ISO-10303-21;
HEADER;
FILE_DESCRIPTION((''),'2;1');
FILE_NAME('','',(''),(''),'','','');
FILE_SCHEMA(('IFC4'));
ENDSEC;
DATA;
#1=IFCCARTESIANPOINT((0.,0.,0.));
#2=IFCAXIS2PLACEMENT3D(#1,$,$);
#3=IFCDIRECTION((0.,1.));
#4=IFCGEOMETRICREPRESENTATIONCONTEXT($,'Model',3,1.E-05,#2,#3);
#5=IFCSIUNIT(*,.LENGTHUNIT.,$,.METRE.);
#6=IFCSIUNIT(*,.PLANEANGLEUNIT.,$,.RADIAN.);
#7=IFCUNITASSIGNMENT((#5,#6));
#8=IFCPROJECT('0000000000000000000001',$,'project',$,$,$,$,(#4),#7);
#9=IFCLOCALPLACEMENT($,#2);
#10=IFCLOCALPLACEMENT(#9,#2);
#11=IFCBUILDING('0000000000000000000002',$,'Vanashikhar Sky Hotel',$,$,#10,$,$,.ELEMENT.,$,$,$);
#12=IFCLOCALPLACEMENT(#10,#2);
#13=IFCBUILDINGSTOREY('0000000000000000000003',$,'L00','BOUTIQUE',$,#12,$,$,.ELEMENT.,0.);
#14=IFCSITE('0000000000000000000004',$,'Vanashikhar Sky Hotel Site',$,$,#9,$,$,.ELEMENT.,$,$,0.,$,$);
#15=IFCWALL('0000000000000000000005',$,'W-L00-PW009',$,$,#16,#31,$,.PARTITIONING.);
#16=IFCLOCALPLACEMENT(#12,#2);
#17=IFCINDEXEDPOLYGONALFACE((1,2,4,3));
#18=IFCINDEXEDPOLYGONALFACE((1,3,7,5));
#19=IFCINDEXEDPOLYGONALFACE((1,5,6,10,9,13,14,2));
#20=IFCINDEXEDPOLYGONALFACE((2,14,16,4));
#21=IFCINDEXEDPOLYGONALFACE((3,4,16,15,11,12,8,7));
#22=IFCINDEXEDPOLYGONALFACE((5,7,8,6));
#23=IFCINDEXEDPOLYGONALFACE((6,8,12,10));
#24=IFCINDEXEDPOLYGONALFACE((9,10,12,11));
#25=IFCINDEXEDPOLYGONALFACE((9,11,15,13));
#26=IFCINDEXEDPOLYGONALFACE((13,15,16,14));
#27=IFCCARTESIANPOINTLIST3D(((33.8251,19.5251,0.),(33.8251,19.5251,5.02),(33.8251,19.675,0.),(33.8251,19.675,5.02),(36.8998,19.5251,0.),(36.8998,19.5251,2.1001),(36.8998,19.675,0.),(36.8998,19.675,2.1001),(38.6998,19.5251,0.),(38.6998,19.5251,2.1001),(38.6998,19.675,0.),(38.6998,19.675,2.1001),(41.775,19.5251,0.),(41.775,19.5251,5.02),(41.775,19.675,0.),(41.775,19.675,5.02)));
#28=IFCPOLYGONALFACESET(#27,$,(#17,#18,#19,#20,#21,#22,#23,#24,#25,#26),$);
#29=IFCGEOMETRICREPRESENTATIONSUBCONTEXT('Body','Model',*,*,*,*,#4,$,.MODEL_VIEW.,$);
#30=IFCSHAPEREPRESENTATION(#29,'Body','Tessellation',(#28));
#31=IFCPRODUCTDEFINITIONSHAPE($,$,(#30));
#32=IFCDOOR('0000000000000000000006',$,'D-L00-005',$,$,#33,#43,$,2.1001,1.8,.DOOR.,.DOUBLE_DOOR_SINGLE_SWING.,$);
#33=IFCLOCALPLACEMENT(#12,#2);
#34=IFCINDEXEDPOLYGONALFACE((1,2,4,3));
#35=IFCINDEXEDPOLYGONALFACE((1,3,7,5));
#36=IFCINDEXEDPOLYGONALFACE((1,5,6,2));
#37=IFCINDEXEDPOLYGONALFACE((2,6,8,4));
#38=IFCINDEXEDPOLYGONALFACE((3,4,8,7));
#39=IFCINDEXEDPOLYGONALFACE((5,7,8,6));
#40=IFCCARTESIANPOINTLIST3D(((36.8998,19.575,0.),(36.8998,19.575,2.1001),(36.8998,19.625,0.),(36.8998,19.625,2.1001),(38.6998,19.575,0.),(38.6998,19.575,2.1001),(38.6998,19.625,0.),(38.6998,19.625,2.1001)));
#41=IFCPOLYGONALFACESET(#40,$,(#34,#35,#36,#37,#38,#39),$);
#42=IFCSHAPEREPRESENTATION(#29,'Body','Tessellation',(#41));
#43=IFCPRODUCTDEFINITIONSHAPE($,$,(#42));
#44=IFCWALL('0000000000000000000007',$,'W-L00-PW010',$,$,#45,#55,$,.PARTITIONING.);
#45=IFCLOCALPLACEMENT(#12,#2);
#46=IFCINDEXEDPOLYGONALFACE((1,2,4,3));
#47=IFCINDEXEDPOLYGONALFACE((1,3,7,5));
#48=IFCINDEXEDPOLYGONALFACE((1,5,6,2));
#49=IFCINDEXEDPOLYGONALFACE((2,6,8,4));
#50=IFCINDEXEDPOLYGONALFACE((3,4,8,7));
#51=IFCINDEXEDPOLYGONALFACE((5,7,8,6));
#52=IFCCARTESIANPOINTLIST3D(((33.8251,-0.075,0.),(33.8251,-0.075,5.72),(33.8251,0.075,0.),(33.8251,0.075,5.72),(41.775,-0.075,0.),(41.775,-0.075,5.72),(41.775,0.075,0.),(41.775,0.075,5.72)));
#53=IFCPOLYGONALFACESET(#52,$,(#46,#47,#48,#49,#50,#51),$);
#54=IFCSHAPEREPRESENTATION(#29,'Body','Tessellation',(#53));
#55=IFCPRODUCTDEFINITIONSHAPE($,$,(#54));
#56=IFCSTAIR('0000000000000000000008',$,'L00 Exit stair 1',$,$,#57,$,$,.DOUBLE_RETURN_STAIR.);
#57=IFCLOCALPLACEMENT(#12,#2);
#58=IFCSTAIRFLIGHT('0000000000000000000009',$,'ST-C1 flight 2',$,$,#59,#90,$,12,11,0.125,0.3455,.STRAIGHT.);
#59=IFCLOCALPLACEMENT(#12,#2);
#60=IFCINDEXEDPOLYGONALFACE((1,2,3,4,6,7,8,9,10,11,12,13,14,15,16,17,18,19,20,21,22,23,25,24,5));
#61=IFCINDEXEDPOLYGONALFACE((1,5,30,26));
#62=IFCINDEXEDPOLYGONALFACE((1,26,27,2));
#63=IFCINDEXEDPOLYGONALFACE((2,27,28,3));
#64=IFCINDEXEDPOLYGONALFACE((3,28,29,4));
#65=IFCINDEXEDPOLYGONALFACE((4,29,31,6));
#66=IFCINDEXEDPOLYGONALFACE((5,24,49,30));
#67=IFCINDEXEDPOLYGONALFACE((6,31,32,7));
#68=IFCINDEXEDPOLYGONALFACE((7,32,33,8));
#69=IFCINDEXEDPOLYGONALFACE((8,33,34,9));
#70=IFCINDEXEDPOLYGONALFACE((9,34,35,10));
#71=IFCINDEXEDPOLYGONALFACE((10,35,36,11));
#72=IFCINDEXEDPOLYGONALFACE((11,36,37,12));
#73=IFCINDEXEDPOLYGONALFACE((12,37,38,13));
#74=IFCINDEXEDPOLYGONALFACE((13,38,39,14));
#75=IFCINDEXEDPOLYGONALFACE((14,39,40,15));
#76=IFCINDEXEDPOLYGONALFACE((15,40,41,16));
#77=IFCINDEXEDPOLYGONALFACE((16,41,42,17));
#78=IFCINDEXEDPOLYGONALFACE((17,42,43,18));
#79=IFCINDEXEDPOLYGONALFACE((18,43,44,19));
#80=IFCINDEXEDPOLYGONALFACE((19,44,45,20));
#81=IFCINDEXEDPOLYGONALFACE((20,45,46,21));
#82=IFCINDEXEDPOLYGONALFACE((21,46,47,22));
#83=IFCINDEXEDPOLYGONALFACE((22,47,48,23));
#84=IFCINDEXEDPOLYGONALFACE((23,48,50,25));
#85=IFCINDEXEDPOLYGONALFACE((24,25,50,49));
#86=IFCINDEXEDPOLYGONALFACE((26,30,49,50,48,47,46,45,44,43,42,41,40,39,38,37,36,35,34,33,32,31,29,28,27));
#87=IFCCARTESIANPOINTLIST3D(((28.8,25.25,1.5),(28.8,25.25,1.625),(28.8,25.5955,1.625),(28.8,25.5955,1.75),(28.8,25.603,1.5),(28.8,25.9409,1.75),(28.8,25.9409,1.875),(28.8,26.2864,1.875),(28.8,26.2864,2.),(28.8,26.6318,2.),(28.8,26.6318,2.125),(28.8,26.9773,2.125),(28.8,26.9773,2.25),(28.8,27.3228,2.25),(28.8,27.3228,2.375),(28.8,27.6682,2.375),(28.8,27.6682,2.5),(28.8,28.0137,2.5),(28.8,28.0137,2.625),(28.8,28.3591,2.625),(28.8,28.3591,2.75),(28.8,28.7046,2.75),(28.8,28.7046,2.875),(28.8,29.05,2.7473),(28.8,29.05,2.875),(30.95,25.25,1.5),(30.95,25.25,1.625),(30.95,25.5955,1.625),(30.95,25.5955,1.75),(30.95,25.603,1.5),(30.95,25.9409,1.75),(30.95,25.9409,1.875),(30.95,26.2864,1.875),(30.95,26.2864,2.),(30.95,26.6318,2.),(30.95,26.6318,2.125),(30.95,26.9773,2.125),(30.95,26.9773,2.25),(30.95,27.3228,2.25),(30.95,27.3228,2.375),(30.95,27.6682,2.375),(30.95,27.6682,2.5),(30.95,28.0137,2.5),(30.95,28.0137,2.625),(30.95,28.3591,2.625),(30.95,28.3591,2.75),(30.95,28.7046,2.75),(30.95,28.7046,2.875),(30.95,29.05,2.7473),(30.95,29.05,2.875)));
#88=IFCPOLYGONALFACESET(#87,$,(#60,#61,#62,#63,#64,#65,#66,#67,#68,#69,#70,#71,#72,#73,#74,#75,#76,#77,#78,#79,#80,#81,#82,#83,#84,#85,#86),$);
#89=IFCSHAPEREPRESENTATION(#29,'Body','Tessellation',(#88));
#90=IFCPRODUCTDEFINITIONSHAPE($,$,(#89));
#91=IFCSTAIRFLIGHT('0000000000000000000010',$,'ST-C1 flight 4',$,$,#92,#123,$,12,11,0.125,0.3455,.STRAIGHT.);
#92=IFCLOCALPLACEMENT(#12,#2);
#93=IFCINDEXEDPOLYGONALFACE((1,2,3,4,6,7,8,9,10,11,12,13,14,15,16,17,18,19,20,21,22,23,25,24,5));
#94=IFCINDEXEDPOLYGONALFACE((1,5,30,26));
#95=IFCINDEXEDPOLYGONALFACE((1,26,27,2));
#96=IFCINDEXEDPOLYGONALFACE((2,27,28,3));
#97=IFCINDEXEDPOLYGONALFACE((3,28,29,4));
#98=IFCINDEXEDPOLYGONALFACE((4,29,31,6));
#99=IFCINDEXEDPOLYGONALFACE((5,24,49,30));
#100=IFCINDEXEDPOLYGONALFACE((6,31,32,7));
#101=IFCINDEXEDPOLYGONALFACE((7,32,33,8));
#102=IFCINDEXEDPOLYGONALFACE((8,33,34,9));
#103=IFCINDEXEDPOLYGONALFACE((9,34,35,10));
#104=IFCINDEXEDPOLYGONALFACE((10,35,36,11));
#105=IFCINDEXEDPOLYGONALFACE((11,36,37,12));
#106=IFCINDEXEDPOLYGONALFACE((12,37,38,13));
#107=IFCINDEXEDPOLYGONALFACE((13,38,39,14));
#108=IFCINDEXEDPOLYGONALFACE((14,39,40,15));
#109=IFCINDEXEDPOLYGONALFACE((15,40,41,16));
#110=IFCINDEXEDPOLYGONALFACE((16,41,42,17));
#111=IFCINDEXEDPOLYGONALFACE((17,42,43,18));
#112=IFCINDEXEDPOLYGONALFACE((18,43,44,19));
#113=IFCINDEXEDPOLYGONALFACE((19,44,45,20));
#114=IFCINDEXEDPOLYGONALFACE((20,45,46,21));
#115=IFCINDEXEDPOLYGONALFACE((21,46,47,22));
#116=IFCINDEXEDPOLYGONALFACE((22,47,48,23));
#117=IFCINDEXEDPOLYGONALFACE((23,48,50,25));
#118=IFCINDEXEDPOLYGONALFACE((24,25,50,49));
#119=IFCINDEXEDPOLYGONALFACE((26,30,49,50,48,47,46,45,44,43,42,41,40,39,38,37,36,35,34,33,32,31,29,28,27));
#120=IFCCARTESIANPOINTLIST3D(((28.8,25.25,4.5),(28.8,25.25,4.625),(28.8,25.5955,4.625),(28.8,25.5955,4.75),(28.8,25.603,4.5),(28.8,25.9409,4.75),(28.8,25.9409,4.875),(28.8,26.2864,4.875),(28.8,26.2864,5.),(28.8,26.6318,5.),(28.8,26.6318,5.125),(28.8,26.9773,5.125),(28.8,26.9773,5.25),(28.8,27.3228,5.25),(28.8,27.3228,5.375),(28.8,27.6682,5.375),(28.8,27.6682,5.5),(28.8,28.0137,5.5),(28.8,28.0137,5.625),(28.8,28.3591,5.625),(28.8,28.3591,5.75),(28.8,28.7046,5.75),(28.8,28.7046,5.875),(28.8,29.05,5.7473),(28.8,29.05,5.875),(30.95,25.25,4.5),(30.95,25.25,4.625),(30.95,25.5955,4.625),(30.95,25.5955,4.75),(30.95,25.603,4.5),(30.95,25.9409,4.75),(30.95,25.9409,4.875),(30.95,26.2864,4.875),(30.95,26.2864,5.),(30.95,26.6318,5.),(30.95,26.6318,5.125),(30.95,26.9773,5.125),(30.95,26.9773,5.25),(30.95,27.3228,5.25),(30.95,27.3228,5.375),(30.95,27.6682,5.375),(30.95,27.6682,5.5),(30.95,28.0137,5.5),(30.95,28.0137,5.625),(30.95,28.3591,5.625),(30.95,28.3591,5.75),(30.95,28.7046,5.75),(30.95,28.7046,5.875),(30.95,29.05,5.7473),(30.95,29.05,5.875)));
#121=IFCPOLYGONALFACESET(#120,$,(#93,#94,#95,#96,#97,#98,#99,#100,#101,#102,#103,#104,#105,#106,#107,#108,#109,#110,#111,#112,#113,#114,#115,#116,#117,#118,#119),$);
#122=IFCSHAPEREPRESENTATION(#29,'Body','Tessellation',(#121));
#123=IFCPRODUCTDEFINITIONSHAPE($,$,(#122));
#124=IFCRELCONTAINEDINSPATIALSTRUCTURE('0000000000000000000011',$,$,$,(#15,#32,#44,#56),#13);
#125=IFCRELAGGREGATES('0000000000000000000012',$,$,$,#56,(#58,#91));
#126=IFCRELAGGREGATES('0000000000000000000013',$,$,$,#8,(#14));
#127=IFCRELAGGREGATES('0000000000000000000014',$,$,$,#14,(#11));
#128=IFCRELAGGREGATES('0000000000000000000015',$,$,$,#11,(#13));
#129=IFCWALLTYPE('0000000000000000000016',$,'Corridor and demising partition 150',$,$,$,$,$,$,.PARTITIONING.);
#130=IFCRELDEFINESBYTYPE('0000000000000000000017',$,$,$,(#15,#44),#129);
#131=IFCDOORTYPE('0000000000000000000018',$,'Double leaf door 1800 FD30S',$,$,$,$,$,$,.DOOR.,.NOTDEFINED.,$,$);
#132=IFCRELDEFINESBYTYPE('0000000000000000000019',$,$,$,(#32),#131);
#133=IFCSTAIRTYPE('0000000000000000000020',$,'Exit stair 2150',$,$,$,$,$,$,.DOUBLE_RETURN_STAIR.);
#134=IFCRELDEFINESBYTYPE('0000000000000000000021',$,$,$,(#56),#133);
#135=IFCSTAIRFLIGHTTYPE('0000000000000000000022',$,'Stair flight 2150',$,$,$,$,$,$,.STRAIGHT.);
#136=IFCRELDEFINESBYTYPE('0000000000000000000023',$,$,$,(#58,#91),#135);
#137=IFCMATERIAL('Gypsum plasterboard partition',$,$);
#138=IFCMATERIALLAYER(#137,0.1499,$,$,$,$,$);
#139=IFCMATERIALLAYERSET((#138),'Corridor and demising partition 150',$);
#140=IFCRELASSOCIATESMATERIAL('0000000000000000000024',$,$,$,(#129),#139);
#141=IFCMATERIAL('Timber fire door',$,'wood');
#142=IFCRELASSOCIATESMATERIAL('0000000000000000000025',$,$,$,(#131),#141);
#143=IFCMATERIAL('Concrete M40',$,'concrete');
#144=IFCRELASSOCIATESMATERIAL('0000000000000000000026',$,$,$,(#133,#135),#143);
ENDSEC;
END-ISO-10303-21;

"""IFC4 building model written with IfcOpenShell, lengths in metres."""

from ifc_helpers import new_model, si_unit, direction, frame, frame_2d, origin, place, context, subcontext, project, spatial, polyline, rectangle, outline, extrude, source, transform, mapped, material, layer, layer_set, type_object, element, fill, aggregate, save


model = new_model("IFC4")

# Units and contexts
model_context = context("Model", 3, precision=1e-05, world=origin(), true_north=direction((0.0, 1.0)))
body_context = subcontext(model_context, "Body", "Model", "MODEL_VIEW")
ifc_project = project(units=[si_unit("LENGTHUNIT", "METRE"), si_unit("PLANEANGLEUNIT", "RADIAN")], contexts=[model_context])

# Site, building, storey
site_placement = place(None, origin())
site = spatial("IfcSite", under=ifc_project, at=site_placement, Name="Vanashikhar Sky Hotel Site", CompositionType="ELEMENT", RefElevation=0.0)
building_placement = place(site_placement, origin())
building = spatial("IfcBuilding", under=site, at=building_placement, Name="Vanashikhar Sky Hotel", CompositionType="ELEMENT")
storey_placement = place(building_placement, origin())
storey = spatial("IfcBuildingStorey", under=building, at=storey_placement, Name="L00", Description="BOUTIQUE", CompositionType="ELEMENT", Elevation=0.0)

# Shared definitions
ifc_material_1 = material(Name="Concrete M40", Category="concrete")

# Wall, opening, door
ifc_material_2 = material(Name="Gypsum plasterboard partition")
ifc_layer_1 = layer(ifc_material_2, 0.1499)
ifc_layer_set_1 = layer_set([ifc_layer_1], Name="Corridor and demising partition 150")
wall_type_1 = type_object("IfcWallType", Name="Corridor and demising partition 150", PredefinedType="PARTITIONING", material=ifc_layer_set_1)
shared_shape_1 = source(origin(), body_context, "Body", "SweptSolid", [
    extrude(rectangle(XDim=7.95, YDim=0.1499, at=frame_2d((3.9751, 0.0))), origin(), (0.0, 0.0, 1.0), 5.02),
])
wall_1_placement = place(storey_placement, frame((33.825, 19.6001, 0.0), z_axis=(0.0, 0.0, 1.0), x_axis=(1.0, 0.0, 0.0)))
wall_1 = element("IfcWall", 1, at=wall_1_placement, inside=storey, type_object=wall_type_1, Name="W-L00-PW009", PredefinedType="PARTITIONING", context=body_context, shape_type="MappedRepresentation", body=[
    mapped(shared_shape_1, transform((0.0, 0.0, 0.0), scale=1.0)),
])
shared_shape_2 = source(origin(), body_context, "Body", "SweptSolid", [
    extrude(rectangle(XDim=1.8, YDim=2.1001, at=frame_2d((0.8999, 1.05))), frame((0.0, 0.085, 0.0), z_axis=(0.0, -1.0, 0.0), x_axis=(1.0, 0.0, 0.0)), (0.0, 0.0, 1.0), 0.1699),
])
opening_1_placement = place(wall_1_placement, frame((3.075, 0.0, 0.0)))
opening_1 = element("IfcOpeningElement", 2, at=opening_1_placement, cuts=wall_1, PredefinedType="OPENING", context=body_context, shape_type="MappedRepresentation", body=[
    mapped(shared_shape_2, transform((0.0, 0.0, 0.0), scale=1.0)),
])
ifc_material_3 = material(Name="Timber fire door", Category="wood")
door_type_1 = type_object("IfcDoorType", Name="Double leaf door 1800 FD30S", OperationType="NOTDEFINED", PredefinedType="DOOR", material=ifc_material_3)
shared_shape_3 = source(origin(), body_context, "Body", "SweptSolid", [
    extrude(rectangle(XDim=1.8, YDim=2.1001, at=frame_2d((0.8999, 1.05))), frame((0.0, 0.0249, 0.0), z_axis=(0.0, -1.0, 0.0), x_axis=(1.0, 0.0, 0.0)), (0.0, 0.0, 1.0), 0.05),
])
door_1_placement = place(opening_1_placement, origin())
door_1 = element("IfcDoor", 3, at=door_1_placement, inside=storey, type_object=door_type_1, Name="D-L00-005", OperationType="DOUBLE_DOOR_SINGLE_SWING", OverallHeight=2.1001, OverallWidth=1.8, PredefinedType="DOOR", context=body_context, shape_type="MappedRepresentation", body=[
    mapped(shared_shape_3, transform((0.0, 0.0, 0.0), scale=1.0)),
])
fill(opening_1, door_1)

# Wall
shared_shape_4 = source(origin(), body_context, "Body", "SweptSolid", [
    extrude(rectangle(XDim=7.95, YDim=0.1499, at=frame_2d((3.9751, 0.0))), origin(), (0.0, 0.0, 1.0), 5.72),
])
wall_2_placement = place(storey_placement, frame((33.825, 0.0, 0.0), z_axis=(0.0, 0.0, 1.0), x_axis=(1.0, 0.0, 0.0)))
element("IfcWall", 4, at=wall_2_placement, inside=storey, type_object=wall_type_1, Name="W-L00-PW010", PredefinedType="PARTITIONING", context=body_context, shape_type="MappedRepresentation", body=[
    mapped(shared_shape_4, transform((0.0, 0.0, 0.0), scale=1.0)),
])

# Stair, stair flights
stair_type = type_object("IfcStairType", Name="Exit stair 2150", PredefinedType="DOUBLE_RETURN_STAIR", material=ifc_material_1)
stair_placement = place(storey_placement, origin())
stair = element("IfcStair", 5, at=stair_placement, inside=storey, type_object=stair_type, Name="L00 Exit stair 1", PredefinedType="DOUBLE_RETURN_STAIR")
stair_flight_type = type_object("IfcStairFlightType", Name="Stair flight 2150", PredefinedType="STRAIGHT", material=ifc_material_1)
shared_shape_5 = source(origin(), body_context, "Body", "SweptSolid", [
    extrude(outline(polyline([(0.0, 0.0), (0.0, 0.125), (0.3455, 0.125), (0.3455, 0.25), (0.6909, 0.25), (0.6909, 0.375), (1.0364, 0.375), (1.0364, 0.5), (1.3818, 0.5), (1.3818, 0.625), (1.7273, 0.625), (1.7273, 0.75), (2.0728, 0.75), (2.0728, 0.875), (2.4182, 0.875), (2.4182, 1.0), (2.7637, 1.0), (2.7637, 1.125), (3.1091, 1.125), (3.1091, 1.25), (3.4546, 1.25), (3.4546, 1.375), (3.8, 1.375), (3.8, 1.5), (3.8, 1.2473), (0.353, 0.0), (0.0, 0.0)])), frame((0.0, 1.075, 0.0), z_axis=(0.0, -1.0, 0.0), x_axis=(1.0, 0.0, 0.0)), (0.0, 0.0, 1.0), 2.1499),
])
stair_flight_1_placement = place(storey_placement, frame((29.875, 25.25, 1.5), z_axis=(0.0, 0.0, 1.0), x_axis=(0.0, 1.0, 0.0)))
stair_flight_1 = element("IfcStairFlight", 6, at=stair_flight_1_placement, type_object=stair_flight_type, Name="ST-C1 flight 2", NumberOfRisers=12, NumberOfTreads=11, PredefinedType="STRAIGHT", RiserHeight=0.125, TreadLength=0.3455, context=body_context, shape_type="MappedRepresentation", body=[
    mapped(shared_shape_5, transform((0.0, 0.0, 0.0), scale=1.0)),
])
stair_flight_2_placement = place(storey_placement, frame((29.875, 25.25, 4.5), z_axis=(0.0, 0.0, 1.0), x_axis=(0.0, 1.0, 0.0)))
stair_flight_2 = element("IfcStairFlight", 7, at=stair_flight_2_placement, type_object=stair_flight_type, Name="ST-C1 flight 4", NumberOfRisers=12, NumberOfTreads=11, PredefinedType="STRAIGHT", RiserHeight=0.125, TreadLength=0.3455, context=body_context, shape_type="MappedRepresentation", body=[
    mapped(shared_shape_5, transform((0.0, 0.0, 0.0), scale=1.0)),
])
aggregate(stair, [stair_flight_1, stair_flight_2])

save(model, "model.ifc")
